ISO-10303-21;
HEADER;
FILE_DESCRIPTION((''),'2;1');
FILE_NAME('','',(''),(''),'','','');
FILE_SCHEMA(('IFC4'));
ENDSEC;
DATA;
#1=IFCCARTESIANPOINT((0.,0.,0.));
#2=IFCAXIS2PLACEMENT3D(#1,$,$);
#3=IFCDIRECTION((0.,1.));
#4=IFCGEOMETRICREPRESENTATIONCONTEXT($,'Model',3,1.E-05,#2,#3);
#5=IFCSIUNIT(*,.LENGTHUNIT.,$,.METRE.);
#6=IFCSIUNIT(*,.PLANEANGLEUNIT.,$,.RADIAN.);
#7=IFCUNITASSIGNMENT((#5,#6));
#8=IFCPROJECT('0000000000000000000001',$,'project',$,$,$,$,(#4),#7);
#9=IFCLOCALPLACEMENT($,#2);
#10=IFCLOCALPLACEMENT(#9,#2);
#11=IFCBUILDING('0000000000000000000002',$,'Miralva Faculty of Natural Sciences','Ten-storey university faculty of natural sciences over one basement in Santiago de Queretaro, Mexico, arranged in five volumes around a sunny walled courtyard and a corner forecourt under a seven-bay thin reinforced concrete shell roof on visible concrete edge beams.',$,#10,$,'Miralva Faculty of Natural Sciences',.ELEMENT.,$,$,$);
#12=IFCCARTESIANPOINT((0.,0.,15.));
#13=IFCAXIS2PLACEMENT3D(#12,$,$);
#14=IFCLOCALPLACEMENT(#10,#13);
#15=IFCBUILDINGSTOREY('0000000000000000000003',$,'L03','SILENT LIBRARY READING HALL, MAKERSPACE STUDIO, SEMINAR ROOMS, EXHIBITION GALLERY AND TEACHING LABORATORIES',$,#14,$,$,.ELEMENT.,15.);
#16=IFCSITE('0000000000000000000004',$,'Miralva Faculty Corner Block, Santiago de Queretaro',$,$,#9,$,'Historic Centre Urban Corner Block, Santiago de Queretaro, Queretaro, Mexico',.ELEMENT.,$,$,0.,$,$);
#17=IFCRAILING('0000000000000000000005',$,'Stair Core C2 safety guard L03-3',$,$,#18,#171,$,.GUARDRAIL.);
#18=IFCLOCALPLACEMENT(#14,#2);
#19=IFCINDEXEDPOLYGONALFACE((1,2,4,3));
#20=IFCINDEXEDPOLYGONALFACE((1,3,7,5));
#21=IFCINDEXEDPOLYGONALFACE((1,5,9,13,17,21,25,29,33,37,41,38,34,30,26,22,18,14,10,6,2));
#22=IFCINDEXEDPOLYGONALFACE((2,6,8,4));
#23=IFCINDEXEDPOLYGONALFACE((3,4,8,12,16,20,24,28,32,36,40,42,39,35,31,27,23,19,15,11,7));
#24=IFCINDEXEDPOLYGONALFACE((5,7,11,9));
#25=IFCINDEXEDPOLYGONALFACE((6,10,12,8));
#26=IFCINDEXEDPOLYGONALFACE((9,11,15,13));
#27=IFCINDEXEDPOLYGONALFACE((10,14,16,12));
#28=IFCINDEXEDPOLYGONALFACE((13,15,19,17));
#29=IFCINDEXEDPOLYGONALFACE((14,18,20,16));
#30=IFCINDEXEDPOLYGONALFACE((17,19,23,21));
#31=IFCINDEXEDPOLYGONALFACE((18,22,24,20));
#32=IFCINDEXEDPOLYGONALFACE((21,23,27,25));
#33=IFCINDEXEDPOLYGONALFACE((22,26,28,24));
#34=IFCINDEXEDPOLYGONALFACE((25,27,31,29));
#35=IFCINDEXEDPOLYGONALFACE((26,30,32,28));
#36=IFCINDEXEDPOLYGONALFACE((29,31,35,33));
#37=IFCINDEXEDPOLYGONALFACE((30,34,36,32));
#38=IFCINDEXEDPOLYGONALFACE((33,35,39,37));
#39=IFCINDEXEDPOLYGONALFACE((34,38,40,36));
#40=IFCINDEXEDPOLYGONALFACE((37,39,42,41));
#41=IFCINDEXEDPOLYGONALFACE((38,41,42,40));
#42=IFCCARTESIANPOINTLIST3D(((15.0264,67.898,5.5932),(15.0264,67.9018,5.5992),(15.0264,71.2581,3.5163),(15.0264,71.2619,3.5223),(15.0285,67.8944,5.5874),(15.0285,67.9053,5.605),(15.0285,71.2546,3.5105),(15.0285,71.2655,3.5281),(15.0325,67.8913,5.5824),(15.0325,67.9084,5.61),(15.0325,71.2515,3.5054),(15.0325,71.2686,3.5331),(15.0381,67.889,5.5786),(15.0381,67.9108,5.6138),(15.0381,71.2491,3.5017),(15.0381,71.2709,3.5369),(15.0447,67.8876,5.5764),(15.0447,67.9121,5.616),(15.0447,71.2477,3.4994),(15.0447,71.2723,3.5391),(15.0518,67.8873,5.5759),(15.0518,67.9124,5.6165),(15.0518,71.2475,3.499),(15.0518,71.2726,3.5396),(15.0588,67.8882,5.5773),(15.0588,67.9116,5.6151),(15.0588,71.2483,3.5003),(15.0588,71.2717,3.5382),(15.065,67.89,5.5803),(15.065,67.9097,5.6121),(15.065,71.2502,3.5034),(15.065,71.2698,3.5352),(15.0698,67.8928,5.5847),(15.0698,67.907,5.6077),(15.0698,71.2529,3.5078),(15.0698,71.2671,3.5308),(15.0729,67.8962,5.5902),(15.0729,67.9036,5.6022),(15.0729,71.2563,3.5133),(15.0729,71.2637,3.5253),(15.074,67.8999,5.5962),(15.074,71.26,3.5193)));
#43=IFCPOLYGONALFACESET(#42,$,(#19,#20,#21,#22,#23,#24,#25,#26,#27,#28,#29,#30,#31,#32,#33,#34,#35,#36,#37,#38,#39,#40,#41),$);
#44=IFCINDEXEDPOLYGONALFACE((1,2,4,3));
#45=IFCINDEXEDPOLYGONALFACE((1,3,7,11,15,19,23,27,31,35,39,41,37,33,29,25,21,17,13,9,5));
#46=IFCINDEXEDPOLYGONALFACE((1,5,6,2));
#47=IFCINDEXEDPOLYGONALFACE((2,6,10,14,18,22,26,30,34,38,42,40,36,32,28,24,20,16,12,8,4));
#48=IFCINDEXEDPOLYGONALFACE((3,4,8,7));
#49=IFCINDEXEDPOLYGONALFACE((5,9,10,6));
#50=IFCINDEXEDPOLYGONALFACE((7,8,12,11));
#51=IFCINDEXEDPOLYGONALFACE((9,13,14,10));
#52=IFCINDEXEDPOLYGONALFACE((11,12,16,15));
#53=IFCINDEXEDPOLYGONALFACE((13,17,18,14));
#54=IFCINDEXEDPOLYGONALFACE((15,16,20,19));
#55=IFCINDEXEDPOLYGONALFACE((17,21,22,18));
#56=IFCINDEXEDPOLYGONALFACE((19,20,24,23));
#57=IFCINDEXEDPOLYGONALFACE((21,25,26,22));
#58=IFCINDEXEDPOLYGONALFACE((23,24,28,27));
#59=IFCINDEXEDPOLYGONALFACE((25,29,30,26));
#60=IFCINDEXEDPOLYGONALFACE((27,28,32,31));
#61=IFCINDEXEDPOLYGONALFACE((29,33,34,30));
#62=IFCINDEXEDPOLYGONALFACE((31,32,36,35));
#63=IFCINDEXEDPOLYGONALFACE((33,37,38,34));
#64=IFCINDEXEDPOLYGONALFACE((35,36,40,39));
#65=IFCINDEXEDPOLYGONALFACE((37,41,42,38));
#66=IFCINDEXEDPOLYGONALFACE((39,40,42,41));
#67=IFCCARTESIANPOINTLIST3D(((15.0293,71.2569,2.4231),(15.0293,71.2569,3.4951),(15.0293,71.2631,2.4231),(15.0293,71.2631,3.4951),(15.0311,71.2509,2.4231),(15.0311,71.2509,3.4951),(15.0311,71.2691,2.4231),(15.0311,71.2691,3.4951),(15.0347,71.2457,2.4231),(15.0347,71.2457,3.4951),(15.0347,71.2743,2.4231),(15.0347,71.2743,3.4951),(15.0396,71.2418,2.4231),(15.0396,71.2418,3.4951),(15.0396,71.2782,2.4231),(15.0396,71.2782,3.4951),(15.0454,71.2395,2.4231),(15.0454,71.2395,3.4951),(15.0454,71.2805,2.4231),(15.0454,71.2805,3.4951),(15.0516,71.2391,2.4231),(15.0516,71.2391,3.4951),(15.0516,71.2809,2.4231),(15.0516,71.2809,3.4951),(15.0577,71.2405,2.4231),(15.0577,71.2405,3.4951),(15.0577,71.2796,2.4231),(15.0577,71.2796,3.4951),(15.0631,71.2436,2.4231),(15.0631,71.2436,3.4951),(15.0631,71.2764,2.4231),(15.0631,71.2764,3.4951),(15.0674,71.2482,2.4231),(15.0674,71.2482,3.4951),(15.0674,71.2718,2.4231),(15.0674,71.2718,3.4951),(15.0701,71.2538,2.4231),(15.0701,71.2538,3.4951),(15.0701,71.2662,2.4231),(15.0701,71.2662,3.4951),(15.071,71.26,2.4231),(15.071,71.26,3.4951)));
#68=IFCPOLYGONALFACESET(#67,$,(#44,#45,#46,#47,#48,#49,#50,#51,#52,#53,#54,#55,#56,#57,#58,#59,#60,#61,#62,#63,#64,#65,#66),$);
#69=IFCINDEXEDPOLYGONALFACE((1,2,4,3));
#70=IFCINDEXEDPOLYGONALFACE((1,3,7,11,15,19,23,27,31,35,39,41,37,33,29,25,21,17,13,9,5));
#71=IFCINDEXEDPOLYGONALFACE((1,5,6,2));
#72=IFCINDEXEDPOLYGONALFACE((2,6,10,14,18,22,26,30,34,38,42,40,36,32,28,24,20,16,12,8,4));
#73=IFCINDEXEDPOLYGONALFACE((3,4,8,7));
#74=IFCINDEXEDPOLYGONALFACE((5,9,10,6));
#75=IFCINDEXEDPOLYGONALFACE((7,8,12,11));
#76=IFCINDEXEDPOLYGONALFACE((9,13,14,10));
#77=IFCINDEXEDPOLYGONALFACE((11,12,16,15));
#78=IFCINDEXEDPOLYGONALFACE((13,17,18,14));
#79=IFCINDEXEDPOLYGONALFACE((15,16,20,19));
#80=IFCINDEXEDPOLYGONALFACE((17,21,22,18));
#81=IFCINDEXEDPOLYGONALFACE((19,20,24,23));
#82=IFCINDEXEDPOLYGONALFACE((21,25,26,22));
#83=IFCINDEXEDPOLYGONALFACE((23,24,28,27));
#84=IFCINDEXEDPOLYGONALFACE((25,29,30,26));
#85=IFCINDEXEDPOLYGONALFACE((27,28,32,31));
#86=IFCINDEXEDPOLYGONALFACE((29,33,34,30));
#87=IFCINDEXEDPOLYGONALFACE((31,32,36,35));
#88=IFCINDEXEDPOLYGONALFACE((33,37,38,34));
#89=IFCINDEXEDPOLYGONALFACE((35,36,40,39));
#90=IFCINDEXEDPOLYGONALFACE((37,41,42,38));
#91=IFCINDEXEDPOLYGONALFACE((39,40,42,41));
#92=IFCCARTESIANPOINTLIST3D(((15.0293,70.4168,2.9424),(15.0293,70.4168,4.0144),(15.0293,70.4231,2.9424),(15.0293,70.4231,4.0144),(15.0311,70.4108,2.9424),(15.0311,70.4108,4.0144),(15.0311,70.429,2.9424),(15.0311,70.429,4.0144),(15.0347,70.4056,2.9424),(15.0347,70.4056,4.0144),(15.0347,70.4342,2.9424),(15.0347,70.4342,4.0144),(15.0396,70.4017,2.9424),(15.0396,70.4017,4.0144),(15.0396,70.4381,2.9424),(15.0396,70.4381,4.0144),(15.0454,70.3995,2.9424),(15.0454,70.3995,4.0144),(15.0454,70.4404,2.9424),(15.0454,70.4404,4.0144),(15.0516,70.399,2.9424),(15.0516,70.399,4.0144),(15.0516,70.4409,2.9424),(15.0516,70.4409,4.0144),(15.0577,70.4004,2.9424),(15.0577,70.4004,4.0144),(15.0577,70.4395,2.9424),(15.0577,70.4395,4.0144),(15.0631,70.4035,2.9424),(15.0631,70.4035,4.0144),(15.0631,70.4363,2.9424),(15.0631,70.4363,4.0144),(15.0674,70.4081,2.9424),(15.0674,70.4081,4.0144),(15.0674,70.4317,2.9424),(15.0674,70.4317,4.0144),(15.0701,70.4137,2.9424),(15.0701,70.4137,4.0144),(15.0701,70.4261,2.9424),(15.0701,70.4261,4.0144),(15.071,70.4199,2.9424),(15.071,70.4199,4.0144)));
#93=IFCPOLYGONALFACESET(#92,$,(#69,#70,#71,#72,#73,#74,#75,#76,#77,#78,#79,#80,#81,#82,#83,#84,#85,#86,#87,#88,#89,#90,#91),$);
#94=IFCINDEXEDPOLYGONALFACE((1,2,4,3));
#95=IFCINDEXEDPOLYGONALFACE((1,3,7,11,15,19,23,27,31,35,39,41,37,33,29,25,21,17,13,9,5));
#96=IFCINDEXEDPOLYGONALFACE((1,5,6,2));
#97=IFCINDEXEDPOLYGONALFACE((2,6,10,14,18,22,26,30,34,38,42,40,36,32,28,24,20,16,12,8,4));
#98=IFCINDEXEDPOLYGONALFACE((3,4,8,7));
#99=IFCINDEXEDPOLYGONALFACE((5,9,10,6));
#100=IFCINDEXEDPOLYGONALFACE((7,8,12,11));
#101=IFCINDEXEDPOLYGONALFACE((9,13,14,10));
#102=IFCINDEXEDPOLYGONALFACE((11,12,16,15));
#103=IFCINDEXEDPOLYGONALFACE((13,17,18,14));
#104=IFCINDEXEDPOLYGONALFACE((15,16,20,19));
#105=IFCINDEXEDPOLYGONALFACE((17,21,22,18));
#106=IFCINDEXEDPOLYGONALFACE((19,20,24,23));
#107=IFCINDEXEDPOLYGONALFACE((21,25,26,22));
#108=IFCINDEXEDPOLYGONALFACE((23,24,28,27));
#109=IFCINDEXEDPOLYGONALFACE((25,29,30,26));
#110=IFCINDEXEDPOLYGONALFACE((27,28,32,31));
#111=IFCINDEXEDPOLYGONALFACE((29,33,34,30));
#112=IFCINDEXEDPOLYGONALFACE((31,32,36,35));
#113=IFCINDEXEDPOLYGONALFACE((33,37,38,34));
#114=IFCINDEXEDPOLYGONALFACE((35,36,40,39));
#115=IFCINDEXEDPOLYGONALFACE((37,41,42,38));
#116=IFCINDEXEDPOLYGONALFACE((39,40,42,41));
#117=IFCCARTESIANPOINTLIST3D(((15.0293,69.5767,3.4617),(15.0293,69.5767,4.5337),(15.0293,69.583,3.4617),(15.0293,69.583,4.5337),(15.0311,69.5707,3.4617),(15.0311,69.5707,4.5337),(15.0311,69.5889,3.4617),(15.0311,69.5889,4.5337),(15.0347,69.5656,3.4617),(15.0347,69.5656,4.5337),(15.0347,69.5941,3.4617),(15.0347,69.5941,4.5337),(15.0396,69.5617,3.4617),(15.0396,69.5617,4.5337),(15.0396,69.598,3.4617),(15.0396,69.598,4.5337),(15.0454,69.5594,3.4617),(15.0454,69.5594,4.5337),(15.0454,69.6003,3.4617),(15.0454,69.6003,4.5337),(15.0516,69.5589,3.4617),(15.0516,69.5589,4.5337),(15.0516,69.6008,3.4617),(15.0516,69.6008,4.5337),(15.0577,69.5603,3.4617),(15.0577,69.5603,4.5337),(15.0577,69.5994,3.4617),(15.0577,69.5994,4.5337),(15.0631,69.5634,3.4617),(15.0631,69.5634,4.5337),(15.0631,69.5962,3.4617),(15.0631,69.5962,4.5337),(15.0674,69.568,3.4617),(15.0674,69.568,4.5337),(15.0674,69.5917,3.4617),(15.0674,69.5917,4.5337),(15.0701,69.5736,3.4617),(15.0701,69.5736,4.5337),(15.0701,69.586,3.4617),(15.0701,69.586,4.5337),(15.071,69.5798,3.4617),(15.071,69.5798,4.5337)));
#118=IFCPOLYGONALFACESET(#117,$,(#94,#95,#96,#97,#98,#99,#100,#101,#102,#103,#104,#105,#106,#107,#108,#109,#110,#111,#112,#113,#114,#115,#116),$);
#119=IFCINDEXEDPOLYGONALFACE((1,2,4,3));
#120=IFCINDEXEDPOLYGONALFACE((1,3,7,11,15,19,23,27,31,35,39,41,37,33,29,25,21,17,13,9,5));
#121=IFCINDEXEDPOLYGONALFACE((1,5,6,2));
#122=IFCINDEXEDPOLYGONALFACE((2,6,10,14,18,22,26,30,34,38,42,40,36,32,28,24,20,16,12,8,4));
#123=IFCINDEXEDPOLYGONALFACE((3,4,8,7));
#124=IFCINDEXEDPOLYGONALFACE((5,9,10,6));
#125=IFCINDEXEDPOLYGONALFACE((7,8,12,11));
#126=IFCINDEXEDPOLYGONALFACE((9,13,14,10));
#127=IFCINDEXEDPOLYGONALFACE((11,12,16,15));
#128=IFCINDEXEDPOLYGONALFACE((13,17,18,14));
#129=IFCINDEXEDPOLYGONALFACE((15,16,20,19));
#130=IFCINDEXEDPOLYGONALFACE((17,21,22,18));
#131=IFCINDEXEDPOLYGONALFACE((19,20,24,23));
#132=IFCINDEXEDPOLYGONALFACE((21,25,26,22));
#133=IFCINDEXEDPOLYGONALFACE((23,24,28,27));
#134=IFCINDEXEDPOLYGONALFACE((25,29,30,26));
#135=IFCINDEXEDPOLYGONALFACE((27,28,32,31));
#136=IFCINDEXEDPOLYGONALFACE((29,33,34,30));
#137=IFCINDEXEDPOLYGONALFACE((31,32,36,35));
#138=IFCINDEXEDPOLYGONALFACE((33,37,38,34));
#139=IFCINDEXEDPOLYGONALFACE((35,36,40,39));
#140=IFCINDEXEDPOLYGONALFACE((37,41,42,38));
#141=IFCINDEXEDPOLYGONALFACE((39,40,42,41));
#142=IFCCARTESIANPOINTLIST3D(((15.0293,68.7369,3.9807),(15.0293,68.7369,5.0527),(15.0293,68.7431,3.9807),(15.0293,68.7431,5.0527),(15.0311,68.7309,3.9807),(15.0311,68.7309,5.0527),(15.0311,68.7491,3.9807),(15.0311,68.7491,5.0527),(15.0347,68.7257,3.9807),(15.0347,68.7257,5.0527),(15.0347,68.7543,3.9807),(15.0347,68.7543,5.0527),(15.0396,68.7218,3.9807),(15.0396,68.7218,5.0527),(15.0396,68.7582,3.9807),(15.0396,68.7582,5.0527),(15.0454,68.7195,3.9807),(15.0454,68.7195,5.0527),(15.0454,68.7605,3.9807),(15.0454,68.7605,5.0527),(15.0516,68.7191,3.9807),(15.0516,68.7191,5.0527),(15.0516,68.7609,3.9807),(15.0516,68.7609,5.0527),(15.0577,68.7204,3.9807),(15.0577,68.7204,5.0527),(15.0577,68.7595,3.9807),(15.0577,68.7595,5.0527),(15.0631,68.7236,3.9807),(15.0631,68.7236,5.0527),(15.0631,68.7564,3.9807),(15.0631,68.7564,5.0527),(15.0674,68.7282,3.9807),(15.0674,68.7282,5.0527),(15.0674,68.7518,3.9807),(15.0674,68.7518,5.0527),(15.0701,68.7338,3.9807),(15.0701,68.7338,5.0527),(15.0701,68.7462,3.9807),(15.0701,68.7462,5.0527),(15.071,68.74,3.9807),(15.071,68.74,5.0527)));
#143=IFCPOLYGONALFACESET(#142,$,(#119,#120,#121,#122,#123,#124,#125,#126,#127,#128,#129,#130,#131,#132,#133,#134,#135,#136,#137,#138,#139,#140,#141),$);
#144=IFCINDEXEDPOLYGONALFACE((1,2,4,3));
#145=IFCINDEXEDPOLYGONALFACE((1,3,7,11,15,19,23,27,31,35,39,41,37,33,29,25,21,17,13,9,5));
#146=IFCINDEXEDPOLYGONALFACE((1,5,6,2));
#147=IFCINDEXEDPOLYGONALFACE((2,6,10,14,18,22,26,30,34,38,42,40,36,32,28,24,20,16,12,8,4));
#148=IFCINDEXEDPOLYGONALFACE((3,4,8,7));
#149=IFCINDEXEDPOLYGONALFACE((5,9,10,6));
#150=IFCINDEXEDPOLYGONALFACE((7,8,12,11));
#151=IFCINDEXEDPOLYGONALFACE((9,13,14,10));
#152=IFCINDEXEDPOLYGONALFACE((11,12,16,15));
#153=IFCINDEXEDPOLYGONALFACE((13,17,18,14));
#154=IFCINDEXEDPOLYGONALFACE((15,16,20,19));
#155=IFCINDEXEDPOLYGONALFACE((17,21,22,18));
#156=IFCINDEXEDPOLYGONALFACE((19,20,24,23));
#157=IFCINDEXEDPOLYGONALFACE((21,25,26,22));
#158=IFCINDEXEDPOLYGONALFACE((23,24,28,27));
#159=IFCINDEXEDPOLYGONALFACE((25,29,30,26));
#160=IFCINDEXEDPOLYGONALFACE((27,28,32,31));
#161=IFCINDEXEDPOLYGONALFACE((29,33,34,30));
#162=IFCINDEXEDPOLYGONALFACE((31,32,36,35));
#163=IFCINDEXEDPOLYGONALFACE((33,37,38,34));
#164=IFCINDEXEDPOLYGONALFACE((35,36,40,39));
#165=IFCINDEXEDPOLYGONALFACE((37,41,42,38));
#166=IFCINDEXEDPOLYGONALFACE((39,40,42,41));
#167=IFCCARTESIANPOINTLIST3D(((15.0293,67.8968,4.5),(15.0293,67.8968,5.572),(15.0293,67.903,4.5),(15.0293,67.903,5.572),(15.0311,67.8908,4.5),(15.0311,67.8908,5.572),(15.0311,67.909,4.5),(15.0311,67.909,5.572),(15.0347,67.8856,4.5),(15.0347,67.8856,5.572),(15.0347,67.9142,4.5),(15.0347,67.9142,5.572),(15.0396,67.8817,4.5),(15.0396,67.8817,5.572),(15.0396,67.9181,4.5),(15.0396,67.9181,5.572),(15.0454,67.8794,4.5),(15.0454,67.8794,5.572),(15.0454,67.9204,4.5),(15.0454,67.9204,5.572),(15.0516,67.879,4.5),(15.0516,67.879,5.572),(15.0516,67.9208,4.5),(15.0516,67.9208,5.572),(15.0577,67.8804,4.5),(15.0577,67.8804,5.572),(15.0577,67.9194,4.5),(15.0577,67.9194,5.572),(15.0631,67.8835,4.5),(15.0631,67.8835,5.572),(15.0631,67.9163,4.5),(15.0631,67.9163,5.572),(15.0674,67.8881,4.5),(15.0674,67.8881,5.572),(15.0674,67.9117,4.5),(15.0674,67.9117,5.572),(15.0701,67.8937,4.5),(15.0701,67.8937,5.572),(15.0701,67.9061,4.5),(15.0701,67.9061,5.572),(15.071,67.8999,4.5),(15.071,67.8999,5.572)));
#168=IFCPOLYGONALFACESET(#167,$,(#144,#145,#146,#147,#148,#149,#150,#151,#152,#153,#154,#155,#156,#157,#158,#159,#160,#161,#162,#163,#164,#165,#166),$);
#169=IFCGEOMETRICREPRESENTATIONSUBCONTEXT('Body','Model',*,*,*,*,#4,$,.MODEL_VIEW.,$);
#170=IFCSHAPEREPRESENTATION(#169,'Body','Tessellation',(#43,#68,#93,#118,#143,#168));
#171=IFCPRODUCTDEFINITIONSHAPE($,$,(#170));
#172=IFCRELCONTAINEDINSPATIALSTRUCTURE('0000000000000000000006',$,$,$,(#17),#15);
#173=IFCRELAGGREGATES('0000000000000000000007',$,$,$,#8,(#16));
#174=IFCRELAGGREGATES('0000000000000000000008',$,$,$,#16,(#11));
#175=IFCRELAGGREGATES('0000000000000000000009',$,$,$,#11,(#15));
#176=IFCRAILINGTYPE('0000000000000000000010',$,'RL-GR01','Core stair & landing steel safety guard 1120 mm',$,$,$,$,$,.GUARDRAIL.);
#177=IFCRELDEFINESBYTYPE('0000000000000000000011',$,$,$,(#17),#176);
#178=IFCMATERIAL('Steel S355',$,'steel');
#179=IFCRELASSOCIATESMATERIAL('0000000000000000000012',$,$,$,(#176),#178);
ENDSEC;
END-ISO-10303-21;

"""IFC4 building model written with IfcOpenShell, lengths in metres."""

from ifc_helpers import new_model, si_unit, direction, frame, origin, origin_2d, place, context, subcontext, project, spatial, circle, extrude, material, type_object, element, save


model = new_model("IFC4")

# Units and contexts
model_context = context("Model", 3, precision=1e-05, world=origin(), true_north=direction((0.0, 1.0)))
body_context = subcontext(model_context, "Body", "Model", "MODEL_VIEW")
ifc_project = project(units=[si_unit("LENGTHUNIT", "METRE"), si_unit("PLANEANGLEUNIT", "RADIAN")], contexts=[model_context])

# Site, building, storey
site_placement = place(None, origin())
site = spatial("IfcSite", under=ifc_project, at=site_placement, Name="Miralva Faculty Corner Block, Santiago de Queretaro", LongName="Historic Centre Urban Corner Block, Santiago de Queretaro, Queretaro, Mexico", CompositionType="ELEMENT", RefElevation=0.0)
building_placement = place(site_placement, origin())
building = spatial("IfcBuilding", under=site, at=building_placement, Name="Miralva Faculty of Natural Sciences", Description="Ten-storey university faculty of natural sciences over one basement in Santiago de Queretaro, Mexico, arranged in five volumes around a sunny walled courtyard and a corner forecourt under a seven-bay thin reinforced concrete shell roof on visible concrete edge beams.", LongName="Miralva Faculty of Natural Sciences", CompositionType="ELEMENT")
storey_placement = place(building_placement, frame((0.0, 0.0, 15.0)))
storey = spatial("IfcBuildingStorey", under=building, at=storey_placement, Name="L03", Description="SILENT LIBRARY READING HALL, MAKERSPACE STUDIO, SEMINAR ROOMS, EXHIBITION GALLERY AND TEACHING LABORATORIES", CompositionType="ELEMENT", Elevation=15.0)

# Railing
ifc_material_1 = material(Name="Steel S355", Category="steel")
railing_type_1 = type_object("IfcRailingType", Name="RL-GR01", Description="Core stair & landing steel safety guard 1120 mm", PredefinedType="GUARDRAIL", material=ifc_material_1)
railing_1_placement = place(storey_placement, frame((15.05, 71.26, 2.4231)))
element("IfcRailing", 1, at=railing_1_placement, inside=storey, type_object=railing_type_1, Name="Stair Core C2 safety guard L03-3", PredefinedType="GUARDRAIL", context=body_context, shape_type="SweptSolid", body=[
    extrude(circle(Radius=0.0239, at=origin_2d()), frame((0.0, 0.0, 1.0962), z_axis=(0.0, -0.850623, 0.525776), x_axis=(1.0, 0.0, 0.0)), (0.0, 0.0, 1.0), 3.9502),
    extrude(circle(Radius=0.021, at=origin_2d()), origin(), (0.0, 0.0, 1.0), 1.072),
    extrude(circle(Radius=0.021, at=origin_2d()), frame((0.0, -0.8401, 0.5193)), (0.0, 0.0, 1.0), 1.072),
    extrude(circle(Radius=0.021, at=origin_2d()), frame((0.0, -1.6802, 1.0386)), (0.0, 0.0, 1.0), 1.072),
    extrude(circle(Radius=0.021, at=origin_2d()), frame((0.0, -2.52, 1.5576)), (0.0, 0.0, 1.0), 1.072),
    extrude(circle(Radius=0.021, at=origin_2d()), frame((0.0, -3.3601, 2.0769)), (0.0, 0.0, 1.0), 1.072),
])

save(model, "model.ifc")
